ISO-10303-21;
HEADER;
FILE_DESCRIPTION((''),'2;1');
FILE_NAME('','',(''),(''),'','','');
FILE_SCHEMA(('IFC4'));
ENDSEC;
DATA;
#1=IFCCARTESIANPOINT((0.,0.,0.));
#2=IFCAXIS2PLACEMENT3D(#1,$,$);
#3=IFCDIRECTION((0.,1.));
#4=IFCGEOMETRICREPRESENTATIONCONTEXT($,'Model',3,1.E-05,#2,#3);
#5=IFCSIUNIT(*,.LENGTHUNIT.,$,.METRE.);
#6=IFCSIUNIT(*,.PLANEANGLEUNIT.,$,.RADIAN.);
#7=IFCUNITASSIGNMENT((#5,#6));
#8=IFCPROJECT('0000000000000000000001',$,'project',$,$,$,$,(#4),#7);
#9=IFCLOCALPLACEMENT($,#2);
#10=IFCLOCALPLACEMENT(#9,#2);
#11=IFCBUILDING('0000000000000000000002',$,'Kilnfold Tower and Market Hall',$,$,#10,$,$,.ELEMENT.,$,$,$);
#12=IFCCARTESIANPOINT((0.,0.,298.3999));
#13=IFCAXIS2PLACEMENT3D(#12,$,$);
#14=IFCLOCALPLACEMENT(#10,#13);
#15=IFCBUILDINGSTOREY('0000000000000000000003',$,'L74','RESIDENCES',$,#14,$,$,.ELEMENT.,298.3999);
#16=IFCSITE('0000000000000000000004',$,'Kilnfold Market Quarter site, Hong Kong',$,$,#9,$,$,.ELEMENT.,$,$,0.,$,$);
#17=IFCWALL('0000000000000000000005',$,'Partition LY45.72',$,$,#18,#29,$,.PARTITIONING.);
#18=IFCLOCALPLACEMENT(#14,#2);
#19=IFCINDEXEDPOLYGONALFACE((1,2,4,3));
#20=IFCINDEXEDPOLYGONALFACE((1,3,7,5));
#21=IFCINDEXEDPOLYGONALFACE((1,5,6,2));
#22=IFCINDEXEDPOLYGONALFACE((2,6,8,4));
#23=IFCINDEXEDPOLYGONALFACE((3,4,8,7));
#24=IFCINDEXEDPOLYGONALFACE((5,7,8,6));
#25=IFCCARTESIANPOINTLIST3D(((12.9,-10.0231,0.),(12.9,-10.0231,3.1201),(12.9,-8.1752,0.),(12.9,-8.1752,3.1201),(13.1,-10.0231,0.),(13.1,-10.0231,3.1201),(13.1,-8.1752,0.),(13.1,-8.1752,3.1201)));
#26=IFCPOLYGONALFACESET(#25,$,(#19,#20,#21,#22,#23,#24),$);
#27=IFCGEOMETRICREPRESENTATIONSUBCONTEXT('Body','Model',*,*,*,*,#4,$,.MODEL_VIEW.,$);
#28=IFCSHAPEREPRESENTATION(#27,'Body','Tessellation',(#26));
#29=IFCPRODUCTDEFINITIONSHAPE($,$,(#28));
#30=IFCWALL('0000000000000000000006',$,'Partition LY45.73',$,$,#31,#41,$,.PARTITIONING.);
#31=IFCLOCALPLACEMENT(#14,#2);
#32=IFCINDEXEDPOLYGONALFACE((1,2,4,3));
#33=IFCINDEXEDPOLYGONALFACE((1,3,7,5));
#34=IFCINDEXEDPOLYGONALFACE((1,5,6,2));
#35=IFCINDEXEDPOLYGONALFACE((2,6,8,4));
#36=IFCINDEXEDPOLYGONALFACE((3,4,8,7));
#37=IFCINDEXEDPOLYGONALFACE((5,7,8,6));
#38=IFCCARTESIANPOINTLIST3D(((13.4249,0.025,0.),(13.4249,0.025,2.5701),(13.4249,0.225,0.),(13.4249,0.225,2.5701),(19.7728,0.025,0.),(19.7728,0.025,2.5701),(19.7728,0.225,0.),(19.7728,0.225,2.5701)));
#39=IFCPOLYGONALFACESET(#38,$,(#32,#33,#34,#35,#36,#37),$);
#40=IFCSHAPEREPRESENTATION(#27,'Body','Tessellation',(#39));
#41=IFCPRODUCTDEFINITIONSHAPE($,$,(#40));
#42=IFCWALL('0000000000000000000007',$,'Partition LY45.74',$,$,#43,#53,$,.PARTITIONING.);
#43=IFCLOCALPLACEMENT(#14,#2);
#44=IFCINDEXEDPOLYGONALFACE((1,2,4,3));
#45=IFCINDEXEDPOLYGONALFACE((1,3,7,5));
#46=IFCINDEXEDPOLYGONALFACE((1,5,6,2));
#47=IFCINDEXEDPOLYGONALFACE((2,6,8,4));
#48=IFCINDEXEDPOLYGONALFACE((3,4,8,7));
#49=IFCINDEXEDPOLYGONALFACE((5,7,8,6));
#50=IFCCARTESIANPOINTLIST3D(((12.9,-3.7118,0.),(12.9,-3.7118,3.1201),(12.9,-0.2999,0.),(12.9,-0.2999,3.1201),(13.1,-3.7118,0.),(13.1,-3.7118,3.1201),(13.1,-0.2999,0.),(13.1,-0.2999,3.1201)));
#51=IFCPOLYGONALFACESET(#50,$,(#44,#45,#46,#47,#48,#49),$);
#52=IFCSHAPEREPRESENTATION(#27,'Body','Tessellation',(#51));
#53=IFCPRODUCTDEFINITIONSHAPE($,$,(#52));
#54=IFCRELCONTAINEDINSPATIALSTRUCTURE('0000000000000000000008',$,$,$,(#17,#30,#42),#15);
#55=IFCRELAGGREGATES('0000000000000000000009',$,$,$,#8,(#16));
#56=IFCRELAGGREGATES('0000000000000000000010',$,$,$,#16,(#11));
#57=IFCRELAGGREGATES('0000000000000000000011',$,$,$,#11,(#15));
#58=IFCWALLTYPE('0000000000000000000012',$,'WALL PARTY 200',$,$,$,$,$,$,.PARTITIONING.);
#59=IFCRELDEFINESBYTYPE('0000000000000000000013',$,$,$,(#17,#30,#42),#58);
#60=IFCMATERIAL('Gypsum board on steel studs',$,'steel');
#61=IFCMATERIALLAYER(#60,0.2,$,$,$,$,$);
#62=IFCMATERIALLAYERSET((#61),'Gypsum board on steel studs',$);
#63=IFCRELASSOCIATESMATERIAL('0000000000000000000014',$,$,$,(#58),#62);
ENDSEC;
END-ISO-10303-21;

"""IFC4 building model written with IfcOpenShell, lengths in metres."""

from ifc_helpers import new_model, si_unit, direction, frame, frame_2d, origin, place, context, subcontext, project, spatial, rectangle, extrude, material, layer, layer_set, type_object, element, save


model = new_model("IFC4")

# Units and contexts
model_context = context("Model", 3, precision=1e-05, world=origin(), true_north=direction((0.0, 1.0)))
body_context = subcontext(model_context, "Body", "Model", "MODEL_VIEW")
ifc_project = project(units=[si_unit("LENGTHUNIT", "METRE"), si_unit("PLANEANGLEUNIT", "RADIAN")], contexts=[model_context])

# Site, building, storey
site_placement = place(None, origin())
site = spatial("IfcSite", under=ifc_project, at=site_placement, Name="Kilnfold Market Quarter site, Hong Kong", CompositionType="ELEMENT", RefElevation=0.0)
building_placement = place(site_placement, origin())
building = spatial("IfcBuilding", under=site, at=building_placement, Name="Kilnfold Tower and Market Hall", CompositionType="ELEMENT")
storey_placement = place(building_placement, frame((0.0, 0.0, 298.3999)))
storey = spatial("IfcBuildingStorey", under=building, at=storey_placement, Name="L74", Description="RESIDENCES", CompositionType="ELEMENT", Elevation=298.3999)

# Walls
ifc_material_1 = material(Name="Gypsum board on steel studs", Category="steel")
ifc_layer_1 = layer(ifc_material_1, 0.2)
ifc_layer_set_1 = layer_set([ifc_layer_1], Name="Gypsum board on steel studs")
wall_type_1 = type_object("IfcWallType", Name="WALL PARTY 200", PredefinedType="PARTITIONING", material=ifc_layer_set_1)
wall_1_placement = place(storey_placement, frame((13.0, -10.0229, 0.0), z_axis=(0.0, 0.0, 1.0), x_axis=(0.0, 1.0, 0.0)))
element("IfcWall", 1, at=wall_1_placement, inside=storey, type_object=wall_type_1, Name="Partition LY45.72", PredefinedType="PARTITIONING", context=body_context, shape_type="SweptSolid", body=[
    extrude(rectangle(XDim=1.8479, YDim=0.2, at=frame_2d((0.9238, 0.0))), origin(), (0.0, 0.0, 1.0), 3.1201),
])
wall_2_placement = place(storey_placement, frame((13.425, 0.125, 0.0), z_axis=(0.0, 0.0, 1.0), x_axis=(1.0, 0.0, 0.0)))
element("IfcWall", 2, at=wall_2_placement, inside=storey, type_object=wall_type_1, Name="Partition LY45.73", PredefinedType="PARTITIONING", context=body_context, shape_type="SweptSolid", body=[
    extrude(rectangle(XDim=6.3479, YDim=0.2, at=frame_2d((3.1738, 0.0))), origin(), (0.0, 0.0, 1.0), 2.5701),
])
wall_3_placement = place(storey_placement, frame((13.0, -3.7119, 0.0), z_axis=(0.0, 0.0, 1.0), x_axis=(0.0, 1.0, 0.0)))
element("IfcWall", 3, at=wall_3_placement, inside=storey, type_object=wall_type_1, Name="Partition LY45.74", PredefinedType="PARTITIONING", context=body_context, shape_type="SweptSolid", body=[
    extrude(rectangle(XDim=3.4119, YDim=0.2, at=frame_2d((1.7061, 0.0))), origin(), (0.0, 0.0, 1.0), 3.1201),
])

save(model, "model.ifc")
